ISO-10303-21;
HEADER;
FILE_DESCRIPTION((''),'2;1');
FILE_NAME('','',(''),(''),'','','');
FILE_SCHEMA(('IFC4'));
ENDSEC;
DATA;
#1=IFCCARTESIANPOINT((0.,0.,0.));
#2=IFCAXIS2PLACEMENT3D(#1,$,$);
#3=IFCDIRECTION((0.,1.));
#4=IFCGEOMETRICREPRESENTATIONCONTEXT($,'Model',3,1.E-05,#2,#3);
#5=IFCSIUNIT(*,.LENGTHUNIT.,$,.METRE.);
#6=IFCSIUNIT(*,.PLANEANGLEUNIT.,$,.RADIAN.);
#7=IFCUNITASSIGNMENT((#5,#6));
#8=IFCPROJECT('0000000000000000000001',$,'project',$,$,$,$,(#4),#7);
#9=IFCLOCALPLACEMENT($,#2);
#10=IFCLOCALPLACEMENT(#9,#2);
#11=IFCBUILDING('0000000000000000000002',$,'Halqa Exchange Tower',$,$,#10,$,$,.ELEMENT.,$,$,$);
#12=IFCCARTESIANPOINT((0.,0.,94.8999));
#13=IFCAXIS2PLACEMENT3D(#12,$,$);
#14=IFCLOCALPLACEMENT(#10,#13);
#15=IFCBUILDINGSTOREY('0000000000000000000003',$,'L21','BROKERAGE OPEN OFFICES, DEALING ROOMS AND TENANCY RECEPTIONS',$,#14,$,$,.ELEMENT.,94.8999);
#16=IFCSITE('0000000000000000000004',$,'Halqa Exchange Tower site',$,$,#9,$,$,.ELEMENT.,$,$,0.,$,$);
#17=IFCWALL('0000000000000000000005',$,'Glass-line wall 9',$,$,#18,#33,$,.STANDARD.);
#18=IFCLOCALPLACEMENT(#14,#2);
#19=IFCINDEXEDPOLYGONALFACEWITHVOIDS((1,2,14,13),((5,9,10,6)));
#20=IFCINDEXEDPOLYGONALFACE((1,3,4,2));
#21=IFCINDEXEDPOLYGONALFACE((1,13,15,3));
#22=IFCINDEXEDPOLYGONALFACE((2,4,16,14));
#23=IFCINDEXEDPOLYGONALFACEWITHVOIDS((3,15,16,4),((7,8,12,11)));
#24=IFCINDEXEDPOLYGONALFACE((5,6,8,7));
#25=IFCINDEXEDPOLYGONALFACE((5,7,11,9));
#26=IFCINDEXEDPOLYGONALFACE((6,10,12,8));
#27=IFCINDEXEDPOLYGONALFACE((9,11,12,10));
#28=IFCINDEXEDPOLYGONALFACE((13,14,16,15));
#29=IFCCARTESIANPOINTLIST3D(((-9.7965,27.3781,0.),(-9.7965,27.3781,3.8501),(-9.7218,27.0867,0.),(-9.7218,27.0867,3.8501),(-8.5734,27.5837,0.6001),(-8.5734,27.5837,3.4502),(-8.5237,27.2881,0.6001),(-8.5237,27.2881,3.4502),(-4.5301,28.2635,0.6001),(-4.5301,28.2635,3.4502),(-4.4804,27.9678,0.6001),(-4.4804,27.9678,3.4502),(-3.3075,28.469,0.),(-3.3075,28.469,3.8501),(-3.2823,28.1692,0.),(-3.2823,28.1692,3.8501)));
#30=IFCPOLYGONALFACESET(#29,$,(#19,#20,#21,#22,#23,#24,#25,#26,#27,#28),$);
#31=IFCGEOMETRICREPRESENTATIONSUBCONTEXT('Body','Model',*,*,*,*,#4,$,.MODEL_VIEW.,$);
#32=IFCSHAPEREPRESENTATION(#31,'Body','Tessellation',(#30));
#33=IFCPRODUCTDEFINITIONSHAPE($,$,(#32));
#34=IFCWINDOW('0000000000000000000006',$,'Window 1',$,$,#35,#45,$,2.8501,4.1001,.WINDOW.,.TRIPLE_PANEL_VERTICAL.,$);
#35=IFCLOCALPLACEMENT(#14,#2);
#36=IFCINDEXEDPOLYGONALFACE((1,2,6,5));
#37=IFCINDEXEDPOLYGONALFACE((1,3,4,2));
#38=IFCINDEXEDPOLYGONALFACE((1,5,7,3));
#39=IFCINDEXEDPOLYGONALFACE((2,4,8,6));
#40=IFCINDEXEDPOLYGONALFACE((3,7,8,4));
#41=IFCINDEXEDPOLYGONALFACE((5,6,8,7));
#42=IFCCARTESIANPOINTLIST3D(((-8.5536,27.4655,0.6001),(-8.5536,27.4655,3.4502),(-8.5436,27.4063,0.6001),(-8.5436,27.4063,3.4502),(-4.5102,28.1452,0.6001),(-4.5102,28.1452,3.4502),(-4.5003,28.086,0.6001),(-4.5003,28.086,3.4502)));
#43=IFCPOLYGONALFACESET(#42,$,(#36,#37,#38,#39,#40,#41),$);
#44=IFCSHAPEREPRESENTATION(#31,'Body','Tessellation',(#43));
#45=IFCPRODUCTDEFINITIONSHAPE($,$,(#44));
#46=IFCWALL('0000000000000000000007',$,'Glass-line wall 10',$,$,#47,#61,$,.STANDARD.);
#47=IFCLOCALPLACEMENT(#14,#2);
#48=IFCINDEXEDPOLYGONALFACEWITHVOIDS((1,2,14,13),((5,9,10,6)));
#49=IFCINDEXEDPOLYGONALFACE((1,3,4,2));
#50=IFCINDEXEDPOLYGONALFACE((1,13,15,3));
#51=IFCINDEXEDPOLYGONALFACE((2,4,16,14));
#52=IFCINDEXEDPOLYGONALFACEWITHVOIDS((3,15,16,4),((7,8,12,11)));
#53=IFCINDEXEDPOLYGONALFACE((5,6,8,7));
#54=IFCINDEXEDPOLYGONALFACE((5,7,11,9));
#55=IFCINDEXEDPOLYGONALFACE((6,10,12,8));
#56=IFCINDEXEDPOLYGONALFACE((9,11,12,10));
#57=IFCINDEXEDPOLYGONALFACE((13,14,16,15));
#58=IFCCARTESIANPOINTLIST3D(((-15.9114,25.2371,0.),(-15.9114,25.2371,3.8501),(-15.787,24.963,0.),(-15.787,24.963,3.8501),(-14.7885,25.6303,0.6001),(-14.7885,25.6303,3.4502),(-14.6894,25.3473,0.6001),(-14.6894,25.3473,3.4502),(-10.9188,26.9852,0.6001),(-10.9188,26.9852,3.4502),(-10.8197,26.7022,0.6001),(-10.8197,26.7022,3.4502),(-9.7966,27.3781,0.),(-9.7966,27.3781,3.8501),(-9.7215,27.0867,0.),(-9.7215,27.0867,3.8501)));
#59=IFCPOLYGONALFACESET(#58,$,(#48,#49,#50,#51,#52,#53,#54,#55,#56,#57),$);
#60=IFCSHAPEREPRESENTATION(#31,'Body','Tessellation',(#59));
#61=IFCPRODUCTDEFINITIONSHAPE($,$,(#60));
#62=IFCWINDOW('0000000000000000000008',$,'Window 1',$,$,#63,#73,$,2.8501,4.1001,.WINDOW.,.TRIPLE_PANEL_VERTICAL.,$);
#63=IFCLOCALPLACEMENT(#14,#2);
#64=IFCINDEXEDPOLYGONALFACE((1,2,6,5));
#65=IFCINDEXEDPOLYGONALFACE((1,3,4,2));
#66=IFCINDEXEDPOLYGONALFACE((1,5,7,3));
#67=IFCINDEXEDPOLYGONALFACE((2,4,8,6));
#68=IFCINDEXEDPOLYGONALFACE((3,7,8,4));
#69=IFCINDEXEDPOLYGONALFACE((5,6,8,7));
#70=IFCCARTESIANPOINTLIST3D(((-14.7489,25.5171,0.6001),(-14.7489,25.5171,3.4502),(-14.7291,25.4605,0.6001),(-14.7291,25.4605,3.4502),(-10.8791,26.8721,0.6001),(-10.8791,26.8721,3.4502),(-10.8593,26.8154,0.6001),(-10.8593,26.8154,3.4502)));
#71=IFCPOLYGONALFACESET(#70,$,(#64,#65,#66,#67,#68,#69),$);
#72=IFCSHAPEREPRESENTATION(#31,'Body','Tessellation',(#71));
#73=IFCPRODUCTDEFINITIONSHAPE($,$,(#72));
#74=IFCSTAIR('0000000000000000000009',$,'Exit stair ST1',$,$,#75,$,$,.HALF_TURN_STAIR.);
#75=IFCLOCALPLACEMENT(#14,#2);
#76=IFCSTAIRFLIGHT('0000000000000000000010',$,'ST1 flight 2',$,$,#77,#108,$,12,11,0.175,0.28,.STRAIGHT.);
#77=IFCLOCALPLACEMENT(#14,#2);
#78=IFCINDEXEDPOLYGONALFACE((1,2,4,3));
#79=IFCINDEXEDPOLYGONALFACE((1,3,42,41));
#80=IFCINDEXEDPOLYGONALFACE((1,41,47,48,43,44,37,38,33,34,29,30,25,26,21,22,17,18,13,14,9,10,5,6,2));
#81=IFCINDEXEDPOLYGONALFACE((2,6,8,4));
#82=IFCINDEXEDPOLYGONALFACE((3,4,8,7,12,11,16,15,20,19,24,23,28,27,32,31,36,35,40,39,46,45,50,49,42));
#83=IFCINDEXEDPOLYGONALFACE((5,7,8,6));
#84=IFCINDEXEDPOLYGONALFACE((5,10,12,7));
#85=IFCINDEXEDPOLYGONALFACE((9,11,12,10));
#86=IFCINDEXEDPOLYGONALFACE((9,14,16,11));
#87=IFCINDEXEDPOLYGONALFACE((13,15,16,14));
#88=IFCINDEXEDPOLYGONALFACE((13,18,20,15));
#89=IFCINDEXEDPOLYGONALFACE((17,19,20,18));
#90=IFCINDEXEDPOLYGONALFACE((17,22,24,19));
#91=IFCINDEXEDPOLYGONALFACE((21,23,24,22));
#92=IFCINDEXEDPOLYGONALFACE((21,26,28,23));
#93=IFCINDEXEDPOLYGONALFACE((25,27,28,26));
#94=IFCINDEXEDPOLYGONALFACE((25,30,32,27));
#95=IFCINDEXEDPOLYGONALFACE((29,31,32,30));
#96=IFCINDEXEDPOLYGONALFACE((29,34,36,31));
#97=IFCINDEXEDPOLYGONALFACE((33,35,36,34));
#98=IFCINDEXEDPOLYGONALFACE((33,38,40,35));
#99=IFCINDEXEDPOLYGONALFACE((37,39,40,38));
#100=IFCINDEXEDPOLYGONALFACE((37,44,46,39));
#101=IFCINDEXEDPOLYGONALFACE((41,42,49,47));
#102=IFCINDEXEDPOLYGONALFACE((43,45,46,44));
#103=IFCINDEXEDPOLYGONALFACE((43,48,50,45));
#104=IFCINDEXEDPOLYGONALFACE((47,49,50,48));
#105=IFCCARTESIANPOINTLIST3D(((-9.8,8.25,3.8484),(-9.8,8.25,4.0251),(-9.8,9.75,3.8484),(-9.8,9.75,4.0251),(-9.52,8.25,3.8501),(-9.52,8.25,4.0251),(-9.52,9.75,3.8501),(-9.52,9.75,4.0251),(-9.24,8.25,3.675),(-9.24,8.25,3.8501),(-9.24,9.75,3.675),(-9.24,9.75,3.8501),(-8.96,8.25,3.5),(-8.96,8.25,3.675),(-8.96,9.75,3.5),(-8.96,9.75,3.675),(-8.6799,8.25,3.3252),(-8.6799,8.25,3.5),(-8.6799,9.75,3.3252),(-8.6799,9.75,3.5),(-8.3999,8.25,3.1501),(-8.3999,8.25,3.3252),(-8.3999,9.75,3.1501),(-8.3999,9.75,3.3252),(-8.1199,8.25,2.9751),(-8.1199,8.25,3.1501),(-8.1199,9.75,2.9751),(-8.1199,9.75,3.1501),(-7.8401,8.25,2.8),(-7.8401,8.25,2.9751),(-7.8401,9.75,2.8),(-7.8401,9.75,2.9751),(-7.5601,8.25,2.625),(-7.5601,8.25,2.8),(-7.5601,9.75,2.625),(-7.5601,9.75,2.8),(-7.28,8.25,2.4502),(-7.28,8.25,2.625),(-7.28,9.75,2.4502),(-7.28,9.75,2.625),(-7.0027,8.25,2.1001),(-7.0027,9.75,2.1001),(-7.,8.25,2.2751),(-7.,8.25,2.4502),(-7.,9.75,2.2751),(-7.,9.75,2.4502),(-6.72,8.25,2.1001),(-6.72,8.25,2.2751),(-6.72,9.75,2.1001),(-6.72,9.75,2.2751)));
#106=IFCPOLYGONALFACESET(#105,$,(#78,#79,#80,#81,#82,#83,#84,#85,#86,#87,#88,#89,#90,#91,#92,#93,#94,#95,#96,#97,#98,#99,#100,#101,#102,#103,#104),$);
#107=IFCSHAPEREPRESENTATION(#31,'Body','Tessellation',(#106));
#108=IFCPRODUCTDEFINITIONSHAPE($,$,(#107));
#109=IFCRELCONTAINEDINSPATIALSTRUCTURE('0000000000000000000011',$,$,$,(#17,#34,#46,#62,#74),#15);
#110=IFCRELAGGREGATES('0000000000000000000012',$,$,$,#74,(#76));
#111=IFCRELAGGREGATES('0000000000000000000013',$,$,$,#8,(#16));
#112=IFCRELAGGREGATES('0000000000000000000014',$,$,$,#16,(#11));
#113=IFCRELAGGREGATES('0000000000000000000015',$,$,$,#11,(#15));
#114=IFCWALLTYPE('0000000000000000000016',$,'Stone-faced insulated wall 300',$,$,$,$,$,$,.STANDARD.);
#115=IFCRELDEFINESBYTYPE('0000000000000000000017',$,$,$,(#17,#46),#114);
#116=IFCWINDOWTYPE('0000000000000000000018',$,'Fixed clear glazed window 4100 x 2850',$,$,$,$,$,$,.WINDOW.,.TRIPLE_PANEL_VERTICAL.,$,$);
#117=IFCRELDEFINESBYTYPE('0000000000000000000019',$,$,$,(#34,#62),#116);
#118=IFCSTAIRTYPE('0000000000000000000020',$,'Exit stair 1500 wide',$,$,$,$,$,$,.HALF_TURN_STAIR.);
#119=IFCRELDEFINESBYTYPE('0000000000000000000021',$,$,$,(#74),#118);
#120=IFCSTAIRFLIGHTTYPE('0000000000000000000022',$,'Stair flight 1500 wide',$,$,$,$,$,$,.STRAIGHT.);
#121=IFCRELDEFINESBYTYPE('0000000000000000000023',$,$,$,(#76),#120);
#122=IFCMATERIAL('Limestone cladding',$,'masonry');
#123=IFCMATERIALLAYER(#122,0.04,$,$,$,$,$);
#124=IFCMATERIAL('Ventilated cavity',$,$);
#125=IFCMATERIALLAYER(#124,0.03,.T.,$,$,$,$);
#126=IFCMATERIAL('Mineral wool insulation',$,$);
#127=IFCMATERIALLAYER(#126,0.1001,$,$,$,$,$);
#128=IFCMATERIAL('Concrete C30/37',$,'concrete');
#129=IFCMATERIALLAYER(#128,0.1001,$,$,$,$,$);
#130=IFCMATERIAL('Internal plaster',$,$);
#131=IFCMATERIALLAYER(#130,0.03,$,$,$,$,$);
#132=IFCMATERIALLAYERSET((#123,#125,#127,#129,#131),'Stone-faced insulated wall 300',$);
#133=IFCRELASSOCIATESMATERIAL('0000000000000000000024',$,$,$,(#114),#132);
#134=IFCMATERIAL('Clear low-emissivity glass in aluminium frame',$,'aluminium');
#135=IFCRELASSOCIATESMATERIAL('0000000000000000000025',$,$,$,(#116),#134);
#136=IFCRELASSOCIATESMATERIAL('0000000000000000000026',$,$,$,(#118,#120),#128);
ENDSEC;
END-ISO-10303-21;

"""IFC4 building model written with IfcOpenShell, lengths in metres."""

from ifc_helpers import new_model, si_unit, direction, frame, frame_2d, origin, place, context, subcontext, project, spatial, polyline, rectangle, outline, extrude, material, layer, layer_set, type_object, element, fill, aggregate, save


model = new_model("IFC4")

# Units and contexts
model_context = context("Model", 3, precision=1e-05, world=origin(), true_north=direction((0.0, 1.0)))
body_context = subcontext(model_context, "Body", "Model", "MODEL_VIEW")
ifc_project = project(units=[si_unit("LENGTHUNIT", "METRE"), si_unit("PLANEANGLEUNIT", "RADIAN")], contexts=[model_context])

# Site, building, storey
site_placement = place(None, origin())
site = spatial("IfcSite", under=ifc_project, at=site_placement, Name="Halqa Exchange Tower site", CompositionType="ELEMENT", RefElevation=0.0)
building_placement = place(site_placement, origin())
building = spatial("IfcBuilding", under=site, at=building_placement, Name="Halqa Exchange Tower", CompositionType="ELEMENT")
storey_placement = place(building_placement, frame((0.0, 0.0, 94.8999)))
storey = spatial("IfcBuildingStorey", under=building, at=storey_placement, Name="L21", Description="BROKERAGE OPEN OFFICES, DEALING ROOMS AND TENANCY RECEPTIONS", CompositionType="ELEMENT", Elevation=94.8999)

# Shared definitions
ifc_material_1 = material(Name="Concrete C30/37", Category="concrete")

# Walls, openings, windows
ifc_material_2 = material(Name="Limestone cladding", Category="masonry")
ifc_layer_1 = layer(ifc_material_2, 0.04)
ifc_material_3 = material(Name="Ventilated cavity")
ifc_layer_2 = layer(ifc_material_3, 0.03, ventilated=True)
ifc_material_4 = material(Name="Mineral wool insulation")
ifc_layer_3 = layer(ifc_material_4, 0.1001)
ifc_layer_4 = layer(ifc_material_1, 0.1001)
ifc_material_5 = material(Name="Internal plaster")
ifc_layer_5 = layer(ifc_material_5, 0.03)
ifc_layer_set_1 = layer_set([ifc_layer_1, ifc_layer_2, ifc_layer_3, ifc_layer_4, ifc_layer_5], Name="Stone-faced insulated wall 300")
wall_type_1 = type_object("IfcWallType", Name="Stone-faced insulated wall 300", PredefinedType="STANDARD", material=ifc_layer_set_1)
wall_1_placement = place(storey_placement, frame((-3.2949, 28.3191, 0.0), z_axis=(0.0, 0.0, 1.0), x_axis=(-0.986162, -0.165782, 0.0)))
wall_1 = element("IfcWall", 1, at=wall_1_placement, inside=storey, type_object=wall_type_1, Name="Glass-line wall 9", PredefinedType="STANDARD", context=body_context, shape_type="SweptSolid", body=[
    extrude(outline(polyline([(-0.0125, -0.1499), (6.5676, -0.1499), (6.5422, 0.1499), (0.0125, 0.1499), (-0.0125, -0.1499)])), origin(), (0.0, 0.0, 1.0), 3.8501),
])
opening_1_placement = place(wall_1_placement, frame((1.2273, 0.0, 0.6001)))
opening_1 = element("IfcOpeningElement", 2, at=opening_1_placement, cuts=wall_1, PredefinedType="OPENING", context=body_context, shape_type="SweptSolid", body=[
    extrude(rectangle(XDim=4.1001, YDim=2.8501, at=frame_2d((2.05, 1.425))), frame((0.0, 0.1621, 0.0), z_axis=(0.0, -1.0, 0.0), x_axis=(1.0, 0.0, 0.0)), (0.0, 0.0, 1.0), 0.324),
])
ifc_material_6 = material(Name="Clear low-emissivity glass in aluminium frame", Category="aluminium")
window_type = type_object("IfcWindowType", Name="Fixed clear glazed window 4100 x 2850", PartitioningType="TRIPLE_PANEL_VERTICAL", PredefinedType="WINDOW", material=ifc_material_6)
window_1_placement = place(opening_1_placement, origin())
window_1 = element("IfcWindow", 3, at=window_1_placement, inside=storey, type_object=window_type, Name="Window 1", OverallHeight=2.8501, OverallWidth=4.1001, PartitioningType="TRIPLE_PANEL_VERTICAL", PredefinedType="WINDOW", context=body_context, shape_type="SweptSolid", body=[
    extrude(rectangle(XDim=4.1001, YDim=2.8501, at=frame_2d((2.05, 1.425))), frame((0.0, 0.03, 0.0), z_axis=(0.0, -1.0, 0.0), x_axis=(1.0, 0.0, 0.0)), (0.0, 0.0, 1.0), 0.0601),
])
fill(opening_1, window_1)
wall_2_placement = place(storey_placement, frame((-9.759, 27.2324, 0.0), z_axis=(0.0, 0.0, 1.0), x_axis=(-0.94382, -0.33046, 0.0)))
wall_2 = element("IfcWall", 4, at=wall_2_placement, inside=storey, type_object=wall_type_1, Name="Glass-line wall 10", PredefinedType="STANDARD", context=body_context, shape_type="SweptSolid", body=[
    extrude(outline(polyline([(-0.0127, -0.1499), (6.4661, -0.1499), (6.4392, 0.1499), (0.0127, 0.1499), (-0.0127, -0.1499)])), origin(), (0.0, 0.0, 1.0), 3.8501),
])
opening_2_placement = place(wall_2_placement, frame((1.1763, 0.0, 0.6001)))
opening_2 = element("IfcOpeningElement", 5, at=opening_2_placement, cuts=wall_2, PredefinedType="OPENING", context=body_context, shape_type="SweptSolid", body=[
    extrude(rectangle(XDim=4.1001, YDim=2.8501, at=frame_2d((2.05, 1.425))), frame((0.0, 0.1621, 0.0), z_axis=(0.0, -1.0, 0.0), x_axis=(1.0, 0.0, 0.0)), (0.0, 0.0, 1.0), 0.324),
])
window_2_placement = place(opening_2_placement, origin())
window_2 = element("IfcWindow", 6, at=window_2_placement, inside=storey, type_object=window_type, Name="Window 1", OverallHeight=2.8501, OverallWidth=4.1001, PartitioningType="TRIPLE_PANEL_VERTICAL", PredefinedType="WINDOW", context=body_context, shape_type="SweptSolid", body=[
    extrude(rectangle(XDim=4.1001, YDim=2.8501, at=frame_2d((2.05, 1.425))), frame((0.0, 0.03, 0.0), z_axis=(0.0, -1.0, 0.0), x_axis=(1.0, 0.0, 0.0)), (0.0, 0.0, 1.0), 0.0601),
])
fill(opening_2, window_2)

# Stair, stair flight
stair_type = type_object("IfcStairType", Name="Exit stair 1500 wide", PredefinedType="HALF_TURN_STAIR", material=ifc_material_1)
stair_placement = place(storey_placement, origin())
stair = element("IfcStair", 7, at=stair_placement, inside=storey, type_object=stair_type, Name="Exit stair ST1", PredefinedType="HALF_TURN_STAIR")
stair_flight_type = type_object("IfcStairFlightType", Name="Stair flight 1500 wide", PredefinedType="STRAIGHT", material=ifc_material_1)
stair_flight_placement = place(storey_placement, frame((-6.72, 9.0, 2.1001), z_axis=(0.0, 0.0, 1.0), x_axis=(-1.0, 0.0, 0.0)))
stair_flight = element("IfcStairFlight", 8, at=stair_flight_placement, type_object=stair_flight_type, Name="ST1 flight 2", NumberOfRisers=12, NumberOfTreads=11, PredefinedType="STRAIGHT", RiserHeight=0.175, TreadLength=0.28, context=body_context, shape_type="SweptSolid", body=[
    extrude(outline(polyline([(0.0, 0.0), (0.0, 0.175), (0.28, 0.175), (0.28, 0.3501), (0.5601, 0.3501), (0.5601, 0.5249), (0.8401, 0.5249), (0.8401, 0.7), (1.1201, 0.7), (1.1201, 0.875), (1.3999, 0.875), (1.3999, 1.05), (1.6799, 1.05), (1.6799, 1.2251), (1.96, 1.2251), (1.96, 1.3999), (2.24, 1.3999), (2.24, 1.575), (2.52, 1.575), (2.52, 1.75), (2.8, 1.75), (2.8, 1.925), (3.0801, 1.925), (3.0801, 2.1001), (3.0801, 1.7483), (0.2827, 0.0), (0.0, 0.0)])), frame((0.0, 0.75, 0.0), z_axis=(0.0, -1.0, 0.0), x_axis=(1.0, 0.0, 0.0)), (0.0, 0.0, 1.0), 1.5),
])
aggregate(stair, [stair_flight])

save(model, "model.ifc")
